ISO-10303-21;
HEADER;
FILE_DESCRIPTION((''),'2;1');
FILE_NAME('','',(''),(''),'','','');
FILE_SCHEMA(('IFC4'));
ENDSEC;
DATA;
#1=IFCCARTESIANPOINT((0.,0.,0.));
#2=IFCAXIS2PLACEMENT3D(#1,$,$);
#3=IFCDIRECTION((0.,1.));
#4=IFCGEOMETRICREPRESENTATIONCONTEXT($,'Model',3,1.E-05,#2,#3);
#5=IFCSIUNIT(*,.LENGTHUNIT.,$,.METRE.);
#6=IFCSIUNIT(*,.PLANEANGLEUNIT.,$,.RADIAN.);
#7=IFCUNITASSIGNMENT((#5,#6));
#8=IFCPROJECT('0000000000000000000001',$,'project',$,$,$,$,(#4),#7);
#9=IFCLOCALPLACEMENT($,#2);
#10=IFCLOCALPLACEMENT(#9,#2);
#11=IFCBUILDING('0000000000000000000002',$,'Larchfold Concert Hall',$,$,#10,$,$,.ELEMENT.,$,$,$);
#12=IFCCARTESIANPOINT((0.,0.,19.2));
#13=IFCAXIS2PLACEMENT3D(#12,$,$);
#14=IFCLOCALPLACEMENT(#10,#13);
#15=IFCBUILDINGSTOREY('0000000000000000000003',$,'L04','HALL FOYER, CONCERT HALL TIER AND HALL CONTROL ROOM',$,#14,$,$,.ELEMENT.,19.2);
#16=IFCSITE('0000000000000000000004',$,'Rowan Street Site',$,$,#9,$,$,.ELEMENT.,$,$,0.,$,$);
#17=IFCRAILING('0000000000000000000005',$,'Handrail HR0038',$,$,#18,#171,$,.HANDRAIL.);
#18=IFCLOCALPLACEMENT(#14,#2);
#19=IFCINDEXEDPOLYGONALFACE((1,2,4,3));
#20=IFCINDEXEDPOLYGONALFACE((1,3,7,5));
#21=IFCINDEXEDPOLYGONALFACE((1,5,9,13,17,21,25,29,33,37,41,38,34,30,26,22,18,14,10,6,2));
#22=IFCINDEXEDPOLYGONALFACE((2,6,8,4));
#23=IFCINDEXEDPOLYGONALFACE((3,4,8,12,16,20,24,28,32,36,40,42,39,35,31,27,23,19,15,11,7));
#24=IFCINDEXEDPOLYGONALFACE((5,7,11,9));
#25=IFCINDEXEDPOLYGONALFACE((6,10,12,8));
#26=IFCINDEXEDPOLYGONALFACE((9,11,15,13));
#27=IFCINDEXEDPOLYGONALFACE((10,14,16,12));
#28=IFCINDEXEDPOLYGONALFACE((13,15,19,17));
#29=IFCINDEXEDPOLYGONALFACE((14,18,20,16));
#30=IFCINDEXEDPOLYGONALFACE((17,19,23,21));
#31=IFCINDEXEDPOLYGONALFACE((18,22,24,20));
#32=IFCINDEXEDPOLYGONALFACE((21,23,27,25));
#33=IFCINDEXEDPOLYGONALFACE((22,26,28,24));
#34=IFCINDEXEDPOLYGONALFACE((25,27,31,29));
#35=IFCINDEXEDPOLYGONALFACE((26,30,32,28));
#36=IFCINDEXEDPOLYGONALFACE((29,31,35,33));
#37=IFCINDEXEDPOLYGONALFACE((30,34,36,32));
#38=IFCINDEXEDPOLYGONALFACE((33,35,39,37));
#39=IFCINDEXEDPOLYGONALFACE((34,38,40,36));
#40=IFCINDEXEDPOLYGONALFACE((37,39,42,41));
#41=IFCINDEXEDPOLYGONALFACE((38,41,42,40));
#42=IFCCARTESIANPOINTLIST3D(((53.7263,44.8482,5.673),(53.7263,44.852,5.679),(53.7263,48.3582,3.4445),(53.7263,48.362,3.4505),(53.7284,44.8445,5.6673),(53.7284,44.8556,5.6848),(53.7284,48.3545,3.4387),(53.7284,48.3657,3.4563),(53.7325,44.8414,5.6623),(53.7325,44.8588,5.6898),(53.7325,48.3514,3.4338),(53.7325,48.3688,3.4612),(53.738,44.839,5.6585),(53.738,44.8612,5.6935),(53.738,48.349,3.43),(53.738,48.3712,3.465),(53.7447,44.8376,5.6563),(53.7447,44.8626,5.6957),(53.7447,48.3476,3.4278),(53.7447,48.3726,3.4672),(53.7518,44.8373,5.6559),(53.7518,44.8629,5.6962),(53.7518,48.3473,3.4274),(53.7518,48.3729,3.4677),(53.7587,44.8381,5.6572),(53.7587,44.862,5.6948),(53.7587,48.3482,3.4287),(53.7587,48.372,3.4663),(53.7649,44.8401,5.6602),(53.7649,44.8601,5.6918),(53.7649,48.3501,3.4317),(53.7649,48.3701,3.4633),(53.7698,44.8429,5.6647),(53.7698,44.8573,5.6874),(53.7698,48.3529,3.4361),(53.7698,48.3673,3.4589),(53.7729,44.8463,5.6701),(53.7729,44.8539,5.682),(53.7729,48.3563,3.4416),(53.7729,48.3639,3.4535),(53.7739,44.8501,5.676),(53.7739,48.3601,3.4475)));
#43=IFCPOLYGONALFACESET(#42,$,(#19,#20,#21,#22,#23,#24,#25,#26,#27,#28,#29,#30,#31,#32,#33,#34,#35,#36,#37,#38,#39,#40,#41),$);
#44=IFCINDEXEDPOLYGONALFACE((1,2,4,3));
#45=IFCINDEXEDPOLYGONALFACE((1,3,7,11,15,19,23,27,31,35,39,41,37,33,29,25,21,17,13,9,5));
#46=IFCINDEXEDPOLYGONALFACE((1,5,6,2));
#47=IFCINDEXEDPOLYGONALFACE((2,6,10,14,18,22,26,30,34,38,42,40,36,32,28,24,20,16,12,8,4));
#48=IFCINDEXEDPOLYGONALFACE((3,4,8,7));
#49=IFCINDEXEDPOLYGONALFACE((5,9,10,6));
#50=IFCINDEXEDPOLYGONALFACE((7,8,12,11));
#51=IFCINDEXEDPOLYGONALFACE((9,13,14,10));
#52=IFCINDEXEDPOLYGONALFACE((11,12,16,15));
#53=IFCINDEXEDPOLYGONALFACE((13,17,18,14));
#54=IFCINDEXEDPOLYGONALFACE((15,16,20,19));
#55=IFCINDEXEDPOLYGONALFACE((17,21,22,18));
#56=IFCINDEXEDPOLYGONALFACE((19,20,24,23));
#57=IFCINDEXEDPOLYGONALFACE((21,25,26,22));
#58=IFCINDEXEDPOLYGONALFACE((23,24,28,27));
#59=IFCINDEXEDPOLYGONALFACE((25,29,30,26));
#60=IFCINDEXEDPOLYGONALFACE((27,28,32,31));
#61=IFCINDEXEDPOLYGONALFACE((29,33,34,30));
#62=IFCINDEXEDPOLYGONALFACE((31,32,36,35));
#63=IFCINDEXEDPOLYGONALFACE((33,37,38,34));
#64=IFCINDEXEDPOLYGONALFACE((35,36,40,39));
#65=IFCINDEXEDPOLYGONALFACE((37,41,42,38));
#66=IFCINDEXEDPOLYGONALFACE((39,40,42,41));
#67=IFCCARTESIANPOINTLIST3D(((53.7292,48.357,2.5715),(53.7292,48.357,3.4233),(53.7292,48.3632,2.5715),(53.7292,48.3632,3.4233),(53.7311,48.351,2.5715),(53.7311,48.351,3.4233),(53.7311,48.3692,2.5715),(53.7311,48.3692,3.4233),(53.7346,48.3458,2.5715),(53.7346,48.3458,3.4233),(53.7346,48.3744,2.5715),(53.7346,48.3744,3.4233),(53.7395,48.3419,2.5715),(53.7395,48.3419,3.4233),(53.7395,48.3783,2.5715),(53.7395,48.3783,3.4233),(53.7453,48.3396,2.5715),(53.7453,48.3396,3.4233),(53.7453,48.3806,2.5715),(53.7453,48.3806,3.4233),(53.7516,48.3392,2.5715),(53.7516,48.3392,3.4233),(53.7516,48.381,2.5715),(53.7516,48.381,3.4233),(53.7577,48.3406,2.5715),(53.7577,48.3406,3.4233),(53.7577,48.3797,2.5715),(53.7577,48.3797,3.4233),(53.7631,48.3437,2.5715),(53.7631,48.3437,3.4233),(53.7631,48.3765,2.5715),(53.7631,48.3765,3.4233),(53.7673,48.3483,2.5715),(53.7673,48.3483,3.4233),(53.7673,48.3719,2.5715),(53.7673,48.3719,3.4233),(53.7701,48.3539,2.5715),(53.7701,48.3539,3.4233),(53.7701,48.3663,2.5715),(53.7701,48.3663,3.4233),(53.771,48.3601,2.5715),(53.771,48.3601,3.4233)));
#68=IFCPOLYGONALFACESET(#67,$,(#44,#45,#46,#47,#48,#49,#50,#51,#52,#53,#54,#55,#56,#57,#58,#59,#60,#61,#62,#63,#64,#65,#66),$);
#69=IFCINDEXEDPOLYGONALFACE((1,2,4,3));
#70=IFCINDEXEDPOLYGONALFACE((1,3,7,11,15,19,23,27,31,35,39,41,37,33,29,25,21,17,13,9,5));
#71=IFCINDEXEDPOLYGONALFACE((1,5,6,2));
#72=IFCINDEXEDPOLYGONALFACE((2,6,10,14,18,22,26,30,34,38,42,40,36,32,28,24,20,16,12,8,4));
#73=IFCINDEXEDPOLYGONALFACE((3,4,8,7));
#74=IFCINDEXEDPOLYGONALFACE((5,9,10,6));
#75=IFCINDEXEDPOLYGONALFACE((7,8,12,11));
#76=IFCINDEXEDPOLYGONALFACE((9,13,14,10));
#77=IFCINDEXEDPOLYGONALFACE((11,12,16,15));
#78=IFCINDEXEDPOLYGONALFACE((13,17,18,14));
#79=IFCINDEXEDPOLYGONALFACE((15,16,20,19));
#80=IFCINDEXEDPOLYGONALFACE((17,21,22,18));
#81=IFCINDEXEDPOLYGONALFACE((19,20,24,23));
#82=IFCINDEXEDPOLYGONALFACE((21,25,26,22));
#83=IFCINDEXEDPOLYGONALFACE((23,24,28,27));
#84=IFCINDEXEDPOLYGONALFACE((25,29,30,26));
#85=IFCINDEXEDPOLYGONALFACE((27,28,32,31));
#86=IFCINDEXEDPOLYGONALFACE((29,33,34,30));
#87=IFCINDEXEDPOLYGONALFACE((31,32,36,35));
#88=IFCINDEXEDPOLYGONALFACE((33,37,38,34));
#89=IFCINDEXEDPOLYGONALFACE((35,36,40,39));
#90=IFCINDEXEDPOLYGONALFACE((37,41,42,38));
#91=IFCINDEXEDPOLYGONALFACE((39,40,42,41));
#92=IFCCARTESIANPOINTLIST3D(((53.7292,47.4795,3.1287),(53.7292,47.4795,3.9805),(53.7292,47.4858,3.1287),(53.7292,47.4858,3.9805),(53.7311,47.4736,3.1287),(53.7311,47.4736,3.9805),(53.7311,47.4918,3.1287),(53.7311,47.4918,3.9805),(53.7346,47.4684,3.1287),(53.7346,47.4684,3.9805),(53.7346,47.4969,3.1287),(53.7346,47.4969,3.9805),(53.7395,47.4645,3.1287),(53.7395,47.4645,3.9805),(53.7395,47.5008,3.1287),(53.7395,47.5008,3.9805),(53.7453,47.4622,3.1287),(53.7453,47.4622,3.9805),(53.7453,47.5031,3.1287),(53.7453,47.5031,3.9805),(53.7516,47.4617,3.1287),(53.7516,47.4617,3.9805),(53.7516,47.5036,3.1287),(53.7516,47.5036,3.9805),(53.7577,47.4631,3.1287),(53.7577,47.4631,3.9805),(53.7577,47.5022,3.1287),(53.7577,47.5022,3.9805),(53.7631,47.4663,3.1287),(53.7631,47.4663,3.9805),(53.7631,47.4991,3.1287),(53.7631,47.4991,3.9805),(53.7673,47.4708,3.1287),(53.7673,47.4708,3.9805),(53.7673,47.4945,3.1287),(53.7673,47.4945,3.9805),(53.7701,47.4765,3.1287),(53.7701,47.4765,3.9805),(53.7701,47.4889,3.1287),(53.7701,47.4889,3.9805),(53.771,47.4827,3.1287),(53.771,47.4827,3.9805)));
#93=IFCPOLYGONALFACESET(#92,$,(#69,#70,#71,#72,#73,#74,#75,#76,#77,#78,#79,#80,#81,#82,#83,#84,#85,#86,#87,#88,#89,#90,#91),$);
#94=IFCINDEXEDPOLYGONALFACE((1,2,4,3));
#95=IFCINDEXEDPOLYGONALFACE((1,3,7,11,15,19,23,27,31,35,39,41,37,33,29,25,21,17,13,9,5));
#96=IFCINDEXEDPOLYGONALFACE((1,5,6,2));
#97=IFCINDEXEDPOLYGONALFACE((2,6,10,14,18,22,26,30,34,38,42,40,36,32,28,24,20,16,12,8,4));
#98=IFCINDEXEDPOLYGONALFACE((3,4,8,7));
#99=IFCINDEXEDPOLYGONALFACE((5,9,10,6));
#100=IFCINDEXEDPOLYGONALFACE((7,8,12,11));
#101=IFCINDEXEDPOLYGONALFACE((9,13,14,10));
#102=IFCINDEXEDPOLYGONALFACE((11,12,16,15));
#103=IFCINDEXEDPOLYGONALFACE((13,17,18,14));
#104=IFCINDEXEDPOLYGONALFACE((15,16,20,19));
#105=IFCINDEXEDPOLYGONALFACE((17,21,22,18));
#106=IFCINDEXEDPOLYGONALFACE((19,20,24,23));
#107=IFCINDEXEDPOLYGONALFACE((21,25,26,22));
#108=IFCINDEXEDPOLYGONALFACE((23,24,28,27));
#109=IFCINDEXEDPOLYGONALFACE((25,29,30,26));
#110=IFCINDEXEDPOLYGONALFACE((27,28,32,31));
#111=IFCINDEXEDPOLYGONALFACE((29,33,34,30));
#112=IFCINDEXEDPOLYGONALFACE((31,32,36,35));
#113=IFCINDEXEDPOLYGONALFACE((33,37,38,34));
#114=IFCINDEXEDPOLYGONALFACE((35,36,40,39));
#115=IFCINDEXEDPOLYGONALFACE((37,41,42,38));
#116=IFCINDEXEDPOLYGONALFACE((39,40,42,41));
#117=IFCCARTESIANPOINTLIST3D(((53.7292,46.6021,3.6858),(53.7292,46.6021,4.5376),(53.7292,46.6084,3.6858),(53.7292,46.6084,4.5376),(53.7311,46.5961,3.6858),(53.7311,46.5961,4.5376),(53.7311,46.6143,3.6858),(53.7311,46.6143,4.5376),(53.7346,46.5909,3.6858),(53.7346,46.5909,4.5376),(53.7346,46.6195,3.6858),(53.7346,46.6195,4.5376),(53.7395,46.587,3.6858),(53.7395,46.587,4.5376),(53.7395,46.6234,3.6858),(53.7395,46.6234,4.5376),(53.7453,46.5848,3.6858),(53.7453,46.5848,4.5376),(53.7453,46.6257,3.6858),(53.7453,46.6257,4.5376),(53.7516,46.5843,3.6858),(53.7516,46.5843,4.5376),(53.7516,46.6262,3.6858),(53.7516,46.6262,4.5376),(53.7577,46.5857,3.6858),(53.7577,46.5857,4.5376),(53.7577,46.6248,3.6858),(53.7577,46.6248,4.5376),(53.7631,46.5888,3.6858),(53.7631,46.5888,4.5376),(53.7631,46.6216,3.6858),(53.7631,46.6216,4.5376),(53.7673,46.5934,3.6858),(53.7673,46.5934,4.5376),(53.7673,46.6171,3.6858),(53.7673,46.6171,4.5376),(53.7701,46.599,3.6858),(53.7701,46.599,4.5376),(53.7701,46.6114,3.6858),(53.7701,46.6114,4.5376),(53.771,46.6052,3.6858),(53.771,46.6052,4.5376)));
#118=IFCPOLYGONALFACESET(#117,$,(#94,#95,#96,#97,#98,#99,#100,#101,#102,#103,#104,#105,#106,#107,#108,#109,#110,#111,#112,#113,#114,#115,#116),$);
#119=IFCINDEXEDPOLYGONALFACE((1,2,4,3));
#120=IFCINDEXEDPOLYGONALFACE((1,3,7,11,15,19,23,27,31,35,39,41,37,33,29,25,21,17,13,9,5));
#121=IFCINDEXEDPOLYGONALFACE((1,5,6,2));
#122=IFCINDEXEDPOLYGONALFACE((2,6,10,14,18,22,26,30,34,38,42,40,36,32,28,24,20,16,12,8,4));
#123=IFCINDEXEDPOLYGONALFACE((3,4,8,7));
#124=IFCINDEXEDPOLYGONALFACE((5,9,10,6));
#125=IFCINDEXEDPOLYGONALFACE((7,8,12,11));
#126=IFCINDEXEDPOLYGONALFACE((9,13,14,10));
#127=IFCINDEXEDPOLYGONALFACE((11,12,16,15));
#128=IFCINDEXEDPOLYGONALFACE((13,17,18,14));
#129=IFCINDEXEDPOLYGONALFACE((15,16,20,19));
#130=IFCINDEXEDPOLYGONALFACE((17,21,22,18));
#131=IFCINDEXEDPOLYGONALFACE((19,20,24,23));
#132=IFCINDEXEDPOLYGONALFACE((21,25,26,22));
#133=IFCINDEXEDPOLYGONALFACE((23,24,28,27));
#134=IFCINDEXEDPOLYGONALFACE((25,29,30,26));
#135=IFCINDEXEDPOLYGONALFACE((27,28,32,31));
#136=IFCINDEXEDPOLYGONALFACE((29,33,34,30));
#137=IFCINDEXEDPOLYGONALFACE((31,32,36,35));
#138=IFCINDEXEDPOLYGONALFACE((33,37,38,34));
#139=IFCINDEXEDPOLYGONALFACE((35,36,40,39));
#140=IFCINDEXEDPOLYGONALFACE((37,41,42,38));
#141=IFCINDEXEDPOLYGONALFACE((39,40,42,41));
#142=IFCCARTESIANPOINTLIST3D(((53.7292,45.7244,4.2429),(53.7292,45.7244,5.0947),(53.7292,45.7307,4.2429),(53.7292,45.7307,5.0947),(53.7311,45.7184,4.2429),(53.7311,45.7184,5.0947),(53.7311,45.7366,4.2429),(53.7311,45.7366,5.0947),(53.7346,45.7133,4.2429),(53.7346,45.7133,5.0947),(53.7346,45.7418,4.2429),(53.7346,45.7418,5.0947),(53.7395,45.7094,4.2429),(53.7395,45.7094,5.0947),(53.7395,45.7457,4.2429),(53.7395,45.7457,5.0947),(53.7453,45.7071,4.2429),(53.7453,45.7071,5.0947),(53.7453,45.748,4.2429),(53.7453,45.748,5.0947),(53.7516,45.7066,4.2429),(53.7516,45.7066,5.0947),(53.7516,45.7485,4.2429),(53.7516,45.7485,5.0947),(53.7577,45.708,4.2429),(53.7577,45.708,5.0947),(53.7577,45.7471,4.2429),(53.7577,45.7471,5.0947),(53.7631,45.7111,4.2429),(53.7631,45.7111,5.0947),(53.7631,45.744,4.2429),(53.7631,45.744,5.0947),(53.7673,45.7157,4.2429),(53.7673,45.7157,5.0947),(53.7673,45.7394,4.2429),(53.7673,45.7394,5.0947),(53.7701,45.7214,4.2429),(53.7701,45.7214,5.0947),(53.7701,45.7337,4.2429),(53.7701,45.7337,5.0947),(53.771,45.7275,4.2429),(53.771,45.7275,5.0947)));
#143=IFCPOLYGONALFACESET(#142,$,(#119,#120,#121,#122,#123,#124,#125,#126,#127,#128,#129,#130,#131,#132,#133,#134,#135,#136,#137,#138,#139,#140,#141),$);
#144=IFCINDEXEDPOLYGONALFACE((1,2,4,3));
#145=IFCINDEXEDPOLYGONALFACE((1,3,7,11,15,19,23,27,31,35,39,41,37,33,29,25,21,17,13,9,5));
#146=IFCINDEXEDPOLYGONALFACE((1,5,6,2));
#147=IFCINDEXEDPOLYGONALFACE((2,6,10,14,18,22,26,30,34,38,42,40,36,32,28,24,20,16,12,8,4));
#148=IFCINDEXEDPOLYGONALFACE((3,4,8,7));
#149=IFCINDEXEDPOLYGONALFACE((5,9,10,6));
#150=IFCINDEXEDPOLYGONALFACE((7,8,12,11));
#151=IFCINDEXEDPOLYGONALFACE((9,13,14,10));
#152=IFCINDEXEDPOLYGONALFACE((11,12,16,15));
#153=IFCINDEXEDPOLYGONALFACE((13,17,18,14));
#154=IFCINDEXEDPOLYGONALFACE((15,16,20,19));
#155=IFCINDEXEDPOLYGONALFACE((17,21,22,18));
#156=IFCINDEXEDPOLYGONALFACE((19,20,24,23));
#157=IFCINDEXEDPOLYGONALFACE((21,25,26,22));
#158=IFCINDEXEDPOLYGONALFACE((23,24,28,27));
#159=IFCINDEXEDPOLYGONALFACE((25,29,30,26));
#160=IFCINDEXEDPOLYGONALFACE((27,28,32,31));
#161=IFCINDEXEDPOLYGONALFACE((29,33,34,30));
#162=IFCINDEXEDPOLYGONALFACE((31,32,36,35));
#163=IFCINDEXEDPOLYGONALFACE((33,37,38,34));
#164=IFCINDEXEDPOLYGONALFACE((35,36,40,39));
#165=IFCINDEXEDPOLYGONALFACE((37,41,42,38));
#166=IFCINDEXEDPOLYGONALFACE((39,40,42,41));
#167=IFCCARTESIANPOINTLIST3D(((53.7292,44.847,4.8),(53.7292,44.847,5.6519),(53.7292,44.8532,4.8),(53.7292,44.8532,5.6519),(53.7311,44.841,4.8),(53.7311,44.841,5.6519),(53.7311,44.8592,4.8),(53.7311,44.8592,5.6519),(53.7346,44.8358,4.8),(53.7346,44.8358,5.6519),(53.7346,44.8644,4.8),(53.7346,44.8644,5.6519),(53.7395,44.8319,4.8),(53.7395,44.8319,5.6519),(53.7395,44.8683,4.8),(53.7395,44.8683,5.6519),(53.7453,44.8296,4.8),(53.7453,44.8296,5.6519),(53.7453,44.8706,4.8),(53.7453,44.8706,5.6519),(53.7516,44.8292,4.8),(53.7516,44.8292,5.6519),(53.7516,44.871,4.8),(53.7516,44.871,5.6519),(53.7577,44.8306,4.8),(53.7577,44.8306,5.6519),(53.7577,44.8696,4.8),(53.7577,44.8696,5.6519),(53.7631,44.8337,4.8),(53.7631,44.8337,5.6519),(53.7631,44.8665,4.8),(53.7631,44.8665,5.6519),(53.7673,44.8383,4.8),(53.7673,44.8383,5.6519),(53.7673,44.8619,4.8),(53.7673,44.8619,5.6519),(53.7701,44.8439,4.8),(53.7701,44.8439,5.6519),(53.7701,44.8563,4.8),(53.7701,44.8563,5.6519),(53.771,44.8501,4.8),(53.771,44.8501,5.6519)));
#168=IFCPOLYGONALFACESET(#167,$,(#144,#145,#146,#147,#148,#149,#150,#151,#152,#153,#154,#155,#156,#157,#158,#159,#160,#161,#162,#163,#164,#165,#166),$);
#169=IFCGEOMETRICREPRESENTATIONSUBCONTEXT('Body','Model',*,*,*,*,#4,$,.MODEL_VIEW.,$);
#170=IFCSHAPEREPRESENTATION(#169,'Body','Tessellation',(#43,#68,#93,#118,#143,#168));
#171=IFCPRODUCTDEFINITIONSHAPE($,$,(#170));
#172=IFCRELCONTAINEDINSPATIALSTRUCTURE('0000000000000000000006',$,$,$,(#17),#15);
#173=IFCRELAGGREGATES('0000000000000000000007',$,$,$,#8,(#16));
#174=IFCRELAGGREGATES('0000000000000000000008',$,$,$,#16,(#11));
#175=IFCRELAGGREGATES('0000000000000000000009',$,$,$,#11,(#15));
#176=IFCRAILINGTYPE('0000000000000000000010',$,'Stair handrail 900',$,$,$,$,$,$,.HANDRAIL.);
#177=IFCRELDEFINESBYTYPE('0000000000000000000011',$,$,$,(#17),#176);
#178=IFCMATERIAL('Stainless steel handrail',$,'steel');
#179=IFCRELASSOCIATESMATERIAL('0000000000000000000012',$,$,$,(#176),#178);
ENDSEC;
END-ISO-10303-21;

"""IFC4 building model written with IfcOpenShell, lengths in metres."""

from ifc_helpers import new_model, si_unit, direction, frame, origin, origin_2d, place, context, subcontext, project, spatial, circle, extrude, material, type_object, element, save


model = new_model("IFC4")

# Units and contexts
model_context = context("Model", 3, precision=1e-05, world=origin(), true_north=direction((0.0, 1.0)))
body_context = subcontext(model_context, "Body", "Model", "MODEL_VIEW")
ifc_project = project(units=[si_unit("LENGTHUNIT", "METRE"), si_unit("PLANEANGLEUNIT", "RADIAN")], contexts=[model_context])

# Site, building, storey
site_placement = place(None, origin())
site = spatial("IfcSite", under=ifc_project, at=site_placement, Name="Rowan Street Site", CompositionType="ELEMENT", RefElevation=0.0)
building_placement = place(site_placement, origin())
building = spatial("IfcBuilding", under=site, at=building_placement, Name="Larchfold Concert Hall", CompositionType="ELEMENT")
storey_placement = place(building_placement, frame((0.0, 0.0, 19.2)))
storey = spatial("IfcBuildingStorey", under=building, at=storey_placement, Name="L04", Description="HALL FOYER, CONCERT HALL TIER AND HALL CONTROL ROOM", CompositionType="ELEMENT", Elevation=19.2)

# Railing
ifc_material_1 = material(Name="Stainless steel handrail", Category="steel")
railing_type_1 = type_object("IfcRailingType", Name="Stair handrail 900", PredefinedType="HANDRAIL", material=ifc_material_1)
railing_1_placement = place(storey_placement, frame((53.75, 48.3601, 2.5715)))
element("IfcRailing", 1, at=railing_1_placement, inside=storey, type_object=railing_type_1, Name="Handrail HR0038", PredefinedType="HANDRAIL", context=body_context, shape_type="SweptSolid", body=[
    extrude(circle(Radius=0.0239, at=origin_2d()), frame((0.0, 0.0, 0.876), z_axis=(0.0, -0.84422, 0.535998), x_axis=(1.0, 0.0, 0.0)), (0.0, 0.0, 1.0), 4.1577),
    extrude(circle(Radius=0.021, at=origin_2d()), origin(), (0.0, 0.0, 1.0), 0.8518),
    extrude(circle(Radius=0.021, at=origin_2d()), frame((0.0, -0.8774, 0.5571)), (0.0, 0.0, 1.0), 0.8518),
    extrude(circle(Radius=0.021, at=origin_2d()), frame((0.0, -1.7549, 1.1143)), (0.0, 0.0, 1.0), 0.8518),
    extrude(circle(Radius=0.021, at=origin_2d()), frame((0.0, -2.6326, 1.6714)), (0.0, 0.0, 1.0), 0.8518),
    extrude(circle(Radius=0.021, at=origin_2d()), frame((0.0, -3.51, 2.2285)), (0.0, 0.0, 1.0), 0.8518),
])

save(model, "model.ifc")
